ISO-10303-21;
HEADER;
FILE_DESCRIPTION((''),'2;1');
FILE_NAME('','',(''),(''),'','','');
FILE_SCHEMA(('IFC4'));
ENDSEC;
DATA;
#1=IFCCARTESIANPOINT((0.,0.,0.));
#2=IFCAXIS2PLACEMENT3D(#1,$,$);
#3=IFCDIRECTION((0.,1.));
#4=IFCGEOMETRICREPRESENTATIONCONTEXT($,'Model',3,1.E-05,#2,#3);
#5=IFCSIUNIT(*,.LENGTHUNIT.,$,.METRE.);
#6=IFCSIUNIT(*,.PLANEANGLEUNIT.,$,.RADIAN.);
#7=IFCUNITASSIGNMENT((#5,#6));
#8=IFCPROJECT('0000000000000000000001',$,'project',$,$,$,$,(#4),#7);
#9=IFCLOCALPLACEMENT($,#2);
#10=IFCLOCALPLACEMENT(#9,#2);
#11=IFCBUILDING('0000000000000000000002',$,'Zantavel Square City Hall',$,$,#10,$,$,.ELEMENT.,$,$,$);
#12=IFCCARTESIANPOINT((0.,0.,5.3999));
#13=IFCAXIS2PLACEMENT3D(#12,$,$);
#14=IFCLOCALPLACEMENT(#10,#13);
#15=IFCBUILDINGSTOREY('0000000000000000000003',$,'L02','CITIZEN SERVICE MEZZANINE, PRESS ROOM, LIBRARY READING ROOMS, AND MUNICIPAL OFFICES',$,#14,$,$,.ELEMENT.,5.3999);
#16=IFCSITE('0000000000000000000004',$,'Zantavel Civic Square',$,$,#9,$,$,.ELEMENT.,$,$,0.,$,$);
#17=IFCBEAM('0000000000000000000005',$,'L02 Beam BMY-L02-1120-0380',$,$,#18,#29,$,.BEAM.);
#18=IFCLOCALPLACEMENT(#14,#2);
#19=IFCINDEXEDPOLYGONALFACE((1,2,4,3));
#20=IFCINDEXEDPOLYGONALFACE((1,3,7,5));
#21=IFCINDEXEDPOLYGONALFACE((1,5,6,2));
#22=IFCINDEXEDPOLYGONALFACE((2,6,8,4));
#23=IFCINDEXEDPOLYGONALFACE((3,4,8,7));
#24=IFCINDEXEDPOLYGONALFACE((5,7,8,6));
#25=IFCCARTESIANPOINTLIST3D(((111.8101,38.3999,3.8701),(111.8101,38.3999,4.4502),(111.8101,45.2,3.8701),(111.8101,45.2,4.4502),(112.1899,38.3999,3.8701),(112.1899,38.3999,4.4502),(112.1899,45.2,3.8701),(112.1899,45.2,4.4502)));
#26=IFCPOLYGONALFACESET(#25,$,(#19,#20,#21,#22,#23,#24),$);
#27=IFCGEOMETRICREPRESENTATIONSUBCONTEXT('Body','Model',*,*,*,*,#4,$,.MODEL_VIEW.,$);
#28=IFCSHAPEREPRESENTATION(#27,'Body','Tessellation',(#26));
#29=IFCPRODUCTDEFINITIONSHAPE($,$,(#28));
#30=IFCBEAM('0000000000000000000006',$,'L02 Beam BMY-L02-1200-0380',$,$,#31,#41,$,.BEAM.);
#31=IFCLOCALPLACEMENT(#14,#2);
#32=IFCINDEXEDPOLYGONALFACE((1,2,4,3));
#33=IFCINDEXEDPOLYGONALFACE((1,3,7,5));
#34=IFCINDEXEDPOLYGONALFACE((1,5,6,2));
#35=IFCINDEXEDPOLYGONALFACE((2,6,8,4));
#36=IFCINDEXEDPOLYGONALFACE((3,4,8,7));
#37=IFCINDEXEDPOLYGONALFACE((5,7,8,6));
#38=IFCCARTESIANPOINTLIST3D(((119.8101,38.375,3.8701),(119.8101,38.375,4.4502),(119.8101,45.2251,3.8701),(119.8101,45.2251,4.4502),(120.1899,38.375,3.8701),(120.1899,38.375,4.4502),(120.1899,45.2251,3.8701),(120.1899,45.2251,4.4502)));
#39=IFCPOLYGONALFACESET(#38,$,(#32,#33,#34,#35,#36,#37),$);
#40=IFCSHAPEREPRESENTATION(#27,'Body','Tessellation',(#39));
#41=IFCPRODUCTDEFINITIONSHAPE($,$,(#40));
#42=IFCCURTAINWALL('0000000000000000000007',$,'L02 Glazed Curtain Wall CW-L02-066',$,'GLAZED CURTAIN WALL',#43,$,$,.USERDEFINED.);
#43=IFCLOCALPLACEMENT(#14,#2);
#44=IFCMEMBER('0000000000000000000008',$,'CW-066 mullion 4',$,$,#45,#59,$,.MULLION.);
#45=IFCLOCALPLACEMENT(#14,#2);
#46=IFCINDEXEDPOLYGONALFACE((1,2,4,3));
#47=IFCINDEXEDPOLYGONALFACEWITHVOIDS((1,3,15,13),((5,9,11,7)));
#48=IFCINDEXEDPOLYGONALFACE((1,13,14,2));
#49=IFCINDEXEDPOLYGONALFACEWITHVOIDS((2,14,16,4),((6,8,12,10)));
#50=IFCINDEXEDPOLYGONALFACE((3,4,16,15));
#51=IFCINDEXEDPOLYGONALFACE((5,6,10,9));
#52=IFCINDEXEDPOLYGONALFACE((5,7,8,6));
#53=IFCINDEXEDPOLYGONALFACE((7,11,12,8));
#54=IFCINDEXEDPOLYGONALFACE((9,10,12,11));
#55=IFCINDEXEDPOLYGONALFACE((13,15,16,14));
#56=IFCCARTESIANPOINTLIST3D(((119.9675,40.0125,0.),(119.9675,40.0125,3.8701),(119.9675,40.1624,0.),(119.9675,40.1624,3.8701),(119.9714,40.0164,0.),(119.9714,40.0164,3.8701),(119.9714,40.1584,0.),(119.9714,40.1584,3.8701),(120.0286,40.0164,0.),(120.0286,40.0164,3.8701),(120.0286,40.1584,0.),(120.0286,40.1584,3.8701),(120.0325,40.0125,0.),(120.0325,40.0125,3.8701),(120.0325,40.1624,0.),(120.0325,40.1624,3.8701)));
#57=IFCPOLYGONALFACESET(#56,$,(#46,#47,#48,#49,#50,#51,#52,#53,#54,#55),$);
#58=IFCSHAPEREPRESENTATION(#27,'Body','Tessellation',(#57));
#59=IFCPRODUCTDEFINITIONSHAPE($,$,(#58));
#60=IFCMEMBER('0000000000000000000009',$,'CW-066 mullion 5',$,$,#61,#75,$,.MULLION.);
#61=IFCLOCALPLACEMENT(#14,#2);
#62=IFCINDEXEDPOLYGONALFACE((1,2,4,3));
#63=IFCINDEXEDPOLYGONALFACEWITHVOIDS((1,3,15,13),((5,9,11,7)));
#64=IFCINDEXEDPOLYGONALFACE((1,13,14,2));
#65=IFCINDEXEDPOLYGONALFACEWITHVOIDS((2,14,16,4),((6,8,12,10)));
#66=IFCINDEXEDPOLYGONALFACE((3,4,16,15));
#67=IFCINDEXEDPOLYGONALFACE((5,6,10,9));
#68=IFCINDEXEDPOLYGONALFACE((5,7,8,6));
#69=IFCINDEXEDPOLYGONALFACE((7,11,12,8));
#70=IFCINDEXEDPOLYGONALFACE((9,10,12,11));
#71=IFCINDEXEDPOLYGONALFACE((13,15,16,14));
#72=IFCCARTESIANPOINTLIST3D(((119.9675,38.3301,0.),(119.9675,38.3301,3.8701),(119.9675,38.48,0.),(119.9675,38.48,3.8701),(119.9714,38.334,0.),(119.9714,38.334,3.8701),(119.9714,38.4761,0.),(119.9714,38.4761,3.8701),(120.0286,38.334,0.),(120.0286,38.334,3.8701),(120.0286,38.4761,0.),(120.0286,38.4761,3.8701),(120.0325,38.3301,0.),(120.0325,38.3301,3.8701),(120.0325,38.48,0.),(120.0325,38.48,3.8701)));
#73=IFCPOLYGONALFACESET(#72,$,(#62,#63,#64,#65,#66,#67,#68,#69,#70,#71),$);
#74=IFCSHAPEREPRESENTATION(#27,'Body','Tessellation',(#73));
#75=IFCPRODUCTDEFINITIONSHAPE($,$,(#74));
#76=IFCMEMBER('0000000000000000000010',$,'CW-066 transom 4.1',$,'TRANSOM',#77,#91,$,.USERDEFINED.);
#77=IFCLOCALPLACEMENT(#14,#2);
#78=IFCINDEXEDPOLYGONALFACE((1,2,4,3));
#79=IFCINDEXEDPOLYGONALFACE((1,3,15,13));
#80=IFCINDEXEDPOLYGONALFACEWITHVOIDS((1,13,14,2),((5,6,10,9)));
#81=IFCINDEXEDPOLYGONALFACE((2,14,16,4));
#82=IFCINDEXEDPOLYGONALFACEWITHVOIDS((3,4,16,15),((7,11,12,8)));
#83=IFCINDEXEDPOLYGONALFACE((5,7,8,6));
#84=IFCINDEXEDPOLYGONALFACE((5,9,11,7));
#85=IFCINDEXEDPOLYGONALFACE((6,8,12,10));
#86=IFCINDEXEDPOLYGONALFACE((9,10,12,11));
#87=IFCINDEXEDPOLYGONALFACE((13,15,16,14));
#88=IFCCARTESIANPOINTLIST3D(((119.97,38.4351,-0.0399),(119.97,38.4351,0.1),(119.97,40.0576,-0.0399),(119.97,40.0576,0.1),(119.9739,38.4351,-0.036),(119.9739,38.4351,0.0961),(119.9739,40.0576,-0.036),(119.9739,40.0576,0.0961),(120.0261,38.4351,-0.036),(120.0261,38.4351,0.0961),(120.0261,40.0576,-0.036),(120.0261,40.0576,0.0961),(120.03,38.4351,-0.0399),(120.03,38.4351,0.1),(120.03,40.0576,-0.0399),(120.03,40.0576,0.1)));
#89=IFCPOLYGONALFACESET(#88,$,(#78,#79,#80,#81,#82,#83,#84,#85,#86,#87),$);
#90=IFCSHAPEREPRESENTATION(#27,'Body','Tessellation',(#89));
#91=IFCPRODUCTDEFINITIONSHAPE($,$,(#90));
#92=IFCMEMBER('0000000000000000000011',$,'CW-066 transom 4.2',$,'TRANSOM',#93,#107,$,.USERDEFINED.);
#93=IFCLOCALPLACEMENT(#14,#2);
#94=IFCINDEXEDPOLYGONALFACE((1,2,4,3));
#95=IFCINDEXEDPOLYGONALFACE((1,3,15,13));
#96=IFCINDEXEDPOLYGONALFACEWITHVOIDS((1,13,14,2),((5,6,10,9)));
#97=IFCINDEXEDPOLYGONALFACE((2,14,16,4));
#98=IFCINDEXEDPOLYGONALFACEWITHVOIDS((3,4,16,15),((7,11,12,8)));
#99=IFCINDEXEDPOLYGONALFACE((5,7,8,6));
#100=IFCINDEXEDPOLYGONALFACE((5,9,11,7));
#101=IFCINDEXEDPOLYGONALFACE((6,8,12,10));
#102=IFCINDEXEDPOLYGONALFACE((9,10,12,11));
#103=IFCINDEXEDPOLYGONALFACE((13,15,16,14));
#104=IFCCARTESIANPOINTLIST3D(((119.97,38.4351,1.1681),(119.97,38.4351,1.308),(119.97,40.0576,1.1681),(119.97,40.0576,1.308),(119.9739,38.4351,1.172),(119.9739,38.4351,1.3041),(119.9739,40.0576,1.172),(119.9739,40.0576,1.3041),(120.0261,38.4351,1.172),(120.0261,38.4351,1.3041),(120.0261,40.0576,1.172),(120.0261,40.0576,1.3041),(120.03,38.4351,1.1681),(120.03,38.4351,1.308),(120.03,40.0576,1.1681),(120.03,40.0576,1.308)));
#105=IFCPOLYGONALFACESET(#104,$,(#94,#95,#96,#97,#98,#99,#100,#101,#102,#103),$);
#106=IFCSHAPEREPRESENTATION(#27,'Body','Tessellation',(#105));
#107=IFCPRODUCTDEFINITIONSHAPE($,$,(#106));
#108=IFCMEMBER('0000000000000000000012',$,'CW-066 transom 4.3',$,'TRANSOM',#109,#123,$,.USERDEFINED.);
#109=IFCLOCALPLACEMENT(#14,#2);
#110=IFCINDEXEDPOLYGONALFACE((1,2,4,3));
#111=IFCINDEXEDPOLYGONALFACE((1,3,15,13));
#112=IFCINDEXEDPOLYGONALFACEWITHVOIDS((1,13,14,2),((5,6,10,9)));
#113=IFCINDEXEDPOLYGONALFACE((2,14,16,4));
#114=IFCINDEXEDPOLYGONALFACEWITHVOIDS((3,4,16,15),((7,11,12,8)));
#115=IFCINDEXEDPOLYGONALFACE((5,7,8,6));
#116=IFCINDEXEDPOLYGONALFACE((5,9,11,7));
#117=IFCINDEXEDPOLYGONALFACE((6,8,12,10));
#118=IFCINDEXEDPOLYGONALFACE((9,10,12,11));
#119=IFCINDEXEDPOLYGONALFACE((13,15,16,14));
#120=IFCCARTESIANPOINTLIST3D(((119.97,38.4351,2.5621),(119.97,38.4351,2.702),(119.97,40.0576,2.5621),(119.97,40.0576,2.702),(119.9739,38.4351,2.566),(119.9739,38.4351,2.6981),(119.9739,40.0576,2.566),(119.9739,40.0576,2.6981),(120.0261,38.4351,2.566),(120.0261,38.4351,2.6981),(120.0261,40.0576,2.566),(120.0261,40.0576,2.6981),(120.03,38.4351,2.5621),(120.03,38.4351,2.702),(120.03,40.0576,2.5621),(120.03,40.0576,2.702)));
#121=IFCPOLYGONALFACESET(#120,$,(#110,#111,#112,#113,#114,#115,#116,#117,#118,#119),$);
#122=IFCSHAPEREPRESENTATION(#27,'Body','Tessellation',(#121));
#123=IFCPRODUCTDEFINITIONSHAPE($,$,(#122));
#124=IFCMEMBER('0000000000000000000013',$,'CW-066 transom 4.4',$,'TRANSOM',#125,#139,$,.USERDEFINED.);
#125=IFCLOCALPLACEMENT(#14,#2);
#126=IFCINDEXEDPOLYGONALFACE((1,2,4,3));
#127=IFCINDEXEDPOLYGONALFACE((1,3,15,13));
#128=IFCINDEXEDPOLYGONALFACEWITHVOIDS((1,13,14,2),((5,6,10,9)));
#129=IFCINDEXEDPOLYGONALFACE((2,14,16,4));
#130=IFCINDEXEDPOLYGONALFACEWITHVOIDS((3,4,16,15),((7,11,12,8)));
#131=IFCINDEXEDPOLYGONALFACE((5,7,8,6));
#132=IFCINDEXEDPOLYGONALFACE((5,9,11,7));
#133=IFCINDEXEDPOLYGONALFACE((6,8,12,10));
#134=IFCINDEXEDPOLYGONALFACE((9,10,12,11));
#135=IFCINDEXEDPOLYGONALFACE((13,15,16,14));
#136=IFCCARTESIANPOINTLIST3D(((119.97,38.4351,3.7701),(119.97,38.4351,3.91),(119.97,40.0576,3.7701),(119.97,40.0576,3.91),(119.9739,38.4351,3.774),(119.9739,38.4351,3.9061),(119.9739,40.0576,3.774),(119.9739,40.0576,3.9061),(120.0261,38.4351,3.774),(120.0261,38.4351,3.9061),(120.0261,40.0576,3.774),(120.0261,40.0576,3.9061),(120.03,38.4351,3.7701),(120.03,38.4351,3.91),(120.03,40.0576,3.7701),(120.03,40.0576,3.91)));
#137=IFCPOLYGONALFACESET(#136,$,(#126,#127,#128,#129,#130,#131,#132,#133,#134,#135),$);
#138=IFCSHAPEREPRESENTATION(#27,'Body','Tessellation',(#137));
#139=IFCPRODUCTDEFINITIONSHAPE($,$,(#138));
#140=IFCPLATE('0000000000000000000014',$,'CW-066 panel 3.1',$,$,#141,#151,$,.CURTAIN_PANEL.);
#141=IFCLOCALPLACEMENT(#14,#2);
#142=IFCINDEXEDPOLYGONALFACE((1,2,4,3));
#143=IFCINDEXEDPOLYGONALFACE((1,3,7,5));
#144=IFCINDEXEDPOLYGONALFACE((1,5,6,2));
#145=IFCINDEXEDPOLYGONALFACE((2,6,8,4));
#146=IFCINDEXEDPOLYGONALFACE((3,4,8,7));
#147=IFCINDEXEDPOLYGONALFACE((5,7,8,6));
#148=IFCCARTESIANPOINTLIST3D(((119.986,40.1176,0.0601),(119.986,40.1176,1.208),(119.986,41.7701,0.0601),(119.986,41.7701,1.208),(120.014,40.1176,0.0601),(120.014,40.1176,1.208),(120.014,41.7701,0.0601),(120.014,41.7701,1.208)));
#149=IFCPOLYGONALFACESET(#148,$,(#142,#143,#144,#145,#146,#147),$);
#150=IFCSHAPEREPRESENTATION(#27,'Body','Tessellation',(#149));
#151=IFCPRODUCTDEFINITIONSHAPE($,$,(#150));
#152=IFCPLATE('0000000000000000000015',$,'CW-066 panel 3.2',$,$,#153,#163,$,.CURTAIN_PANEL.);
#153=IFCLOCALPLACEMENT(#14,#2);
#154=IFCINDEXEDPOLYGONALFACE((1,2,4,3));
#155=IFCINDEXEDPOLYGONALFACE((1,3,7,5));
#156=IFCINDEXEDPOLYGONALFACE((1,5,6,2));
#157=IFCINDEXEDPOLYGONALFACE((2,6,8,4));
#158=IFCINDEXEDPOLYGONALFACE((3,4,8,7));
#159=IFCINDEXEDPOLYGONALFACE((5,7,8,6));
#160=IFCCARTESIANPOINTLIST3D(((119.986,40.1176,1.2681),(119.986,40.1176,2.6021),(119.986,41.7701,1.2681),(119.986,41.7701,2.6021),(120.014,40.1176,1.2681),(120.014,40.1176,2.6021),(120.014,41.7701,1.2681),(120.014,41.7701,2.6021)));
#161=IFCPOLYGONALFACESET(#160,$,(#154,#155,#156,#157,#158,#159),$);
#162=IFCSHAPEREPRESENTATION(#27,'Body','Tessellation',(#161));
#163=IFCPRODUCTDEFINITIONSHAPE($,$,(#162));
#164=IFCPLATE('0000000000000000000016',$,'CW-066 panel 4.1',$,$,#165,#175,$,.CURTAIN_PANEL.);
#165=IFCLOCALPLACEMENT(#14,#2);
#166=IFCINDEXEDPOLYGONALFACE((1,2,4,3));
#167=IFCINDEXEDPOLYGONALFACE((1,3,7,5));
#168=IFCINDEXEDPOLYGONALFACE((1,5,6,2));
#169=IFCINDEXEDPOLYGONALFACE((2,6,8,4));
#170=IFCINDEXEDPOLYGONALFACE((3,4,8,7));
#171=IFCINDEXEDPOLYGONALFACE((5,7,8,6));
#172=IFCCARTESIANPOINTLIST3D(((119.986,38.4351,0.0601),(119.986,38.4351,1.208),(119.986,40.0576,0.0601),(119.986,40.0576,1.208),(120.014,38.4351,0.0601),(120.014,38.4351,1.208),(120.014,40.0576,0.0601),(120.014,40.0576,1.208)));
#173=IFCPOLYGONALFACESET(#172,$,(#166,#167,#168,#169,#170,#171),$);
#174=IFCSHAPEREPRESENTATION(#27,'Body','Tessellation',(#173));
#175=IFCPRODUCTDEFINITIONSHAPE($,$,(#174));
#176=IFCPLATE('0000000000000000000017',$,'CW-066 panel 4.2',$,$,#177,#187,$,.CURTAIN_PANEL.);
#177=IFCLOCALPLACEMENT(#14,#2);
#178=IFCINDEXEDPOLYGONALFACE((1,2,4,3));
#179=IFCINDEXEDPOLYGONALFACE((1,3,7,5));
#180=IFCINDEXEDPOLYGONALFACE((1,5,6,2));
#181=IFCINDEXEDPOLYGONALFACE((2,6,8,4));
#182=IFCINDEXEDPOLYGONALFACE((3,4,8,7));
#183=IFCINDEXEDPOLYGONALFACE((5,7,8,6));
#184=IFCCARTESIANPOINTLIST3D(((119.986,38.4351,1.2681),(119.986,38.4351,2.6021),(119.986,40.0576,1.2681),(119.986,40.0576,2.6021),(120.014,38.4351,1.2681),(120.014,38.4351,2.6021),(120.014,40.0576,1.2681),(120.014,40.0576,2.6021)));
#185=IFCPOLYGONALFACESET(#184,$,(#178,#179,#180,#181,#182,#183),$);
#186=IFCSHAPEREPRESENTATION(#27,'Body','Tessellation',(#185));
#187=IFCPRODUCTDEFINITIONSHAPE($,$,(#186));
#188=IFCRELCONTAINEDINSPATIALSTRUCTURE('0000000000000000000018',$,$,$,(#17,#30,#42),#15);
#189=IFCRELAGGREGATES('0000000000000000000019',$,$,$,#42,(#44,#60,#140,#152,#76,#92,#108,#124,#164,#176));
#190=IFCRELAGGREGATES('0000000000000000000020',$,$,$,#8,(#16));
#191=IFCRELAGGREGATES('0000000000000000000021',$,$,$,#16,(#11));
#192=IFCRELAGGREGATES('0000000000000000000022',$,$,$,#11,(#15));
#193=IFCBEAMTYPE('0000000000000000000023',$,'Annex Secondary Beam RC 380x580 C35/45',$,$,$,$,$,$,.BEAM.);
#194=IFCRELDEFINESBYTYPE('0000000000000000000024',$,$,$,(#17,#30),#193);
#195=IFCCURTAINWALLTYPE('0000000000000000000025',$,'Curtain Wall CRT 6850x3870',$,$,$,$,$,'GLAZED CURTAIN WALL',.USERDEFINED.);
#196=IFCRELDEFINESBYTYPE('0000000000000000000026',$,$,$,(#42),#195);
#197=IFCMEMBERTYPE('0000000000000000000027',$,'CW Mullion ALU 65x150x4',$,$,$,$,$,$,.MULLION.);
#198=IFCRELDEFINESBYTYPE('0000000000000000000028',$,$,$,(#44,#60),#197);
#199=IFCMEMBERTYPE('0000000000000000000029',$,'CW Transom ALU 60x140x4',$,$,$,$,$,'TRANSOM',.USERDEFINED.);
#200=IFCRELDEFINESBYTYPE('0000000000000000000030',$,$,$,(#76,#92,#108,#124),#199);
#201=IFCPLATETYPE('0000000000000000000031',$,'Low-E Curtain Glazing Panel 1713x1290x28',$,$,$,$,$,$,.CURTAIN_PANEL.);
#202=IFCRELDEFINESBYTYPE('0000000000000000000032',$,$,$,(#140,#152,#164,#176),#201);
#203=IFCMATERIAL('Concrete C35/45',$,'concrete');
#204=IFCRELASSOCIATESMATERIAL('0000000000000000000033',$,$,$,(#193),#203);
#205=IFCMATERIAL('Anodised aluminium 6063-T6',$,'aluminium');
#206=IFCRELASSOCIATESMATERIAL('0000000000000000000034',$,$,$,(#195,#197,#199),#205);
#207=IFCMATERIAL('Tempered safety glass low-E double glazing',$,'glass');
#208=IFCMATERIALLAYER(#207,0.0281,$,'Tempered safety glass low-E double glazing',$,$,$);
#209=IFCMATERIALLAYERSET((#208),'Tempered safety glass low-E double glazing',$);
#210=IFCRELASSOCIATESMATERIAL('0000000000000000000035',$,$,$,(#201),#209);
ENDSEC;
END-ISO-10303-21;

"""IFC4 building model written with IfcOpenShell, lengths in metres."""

from ifc_helpers import new_model, si_unit, direction, frame, origin, origin_2d, place, context, subcontext, project, spatial, rectangle, hollow_rectangle, extrude, material, layer, layer_set, material_profile, profile_set, type_object, element, aggregate, save


model = new_model("IFC4")

# Units and contexts
model_context = context("Model", 3, precision=1e-05, world=origin(), true_north=direction((0.0, 1.0)))
body_context = subcontext(model_context, "Body", "Model", "MODEL_VIEW")
ifc_project = project(units=[si_unit("LENGTHUNIT", "METRE"), si_unit("PLANEANGLEUNIT", "RADIAN")], contexts=[model_context])

# Site, building, storey
site_placement = place(None, origin())
site = spatial("IfcSite", under=ifc_project, at=site_placement, Name="Zantavel Civic Square", CompositionType="ELEMENT", RefElevation=0.0)
building_placement = place(site_placement, origin())
building = spatial("IfcBuilding", under=site, at=building_placement, Name="Zantavel Square City Hall", CompositionType="ELEMENT")
storey_placement = place(building_placement, frame((0.0, 0.0, 5.3999)))
storey = spatial("IfcBuildingStorey", under=building, at=storey_placement, Name="L02", Description="CITIZEN SERVICE MEZZANINE, PRESS ROOM, LIBRARY READING ROOMS, AND MUNICIPAL OFFICES", CompositionType="ELEMENT", Elevation=5.3999)

# Beams
ifc_material_1 = material(Name="Concrete C35/45", Category="concrete")
ifc_material_profile_1 = material_profile(ifc_material_1, rectangle(XDim=0.3799, YDim=0.5801, at=origin_2d()), Name="RC 380x580")
ifc_profile_set_1 = profile_set([ifc_material_profile_1], Name="Concrete C35/45")
beam_type = type_object("IfcBeamType", Name="Annex Secondary Beam RC 380x580 C35/45", PredefinedType="BEAM", material=ifc_profile_set_1)
beam_1_placement = place(storey_placement, frame((112.0, 38.3999, 4.1602), z_axis=(0.0, 1.0, 0.0), x_axis=(-1.0, 0.0, 0.0)))
element("IfcBeam", 1, at=beam_1_placement, inside=storey, type_object=beam_type, Name="L02 Beam BMY-L02-1120-0380", PredefinedType="BEAM", context=body_context, shape_type="SweptSolid", body=[
    extrude(rectangle(XDim=0.3799, YDim=0.5801, at=origin_2d()), origin(), (0.0, 0.0, 1.0), 6.8),
])
beam_2_placement = place(storey_placement, frame((120.0, 38.375, 4.1602), z_axis=(0.0, 1.0, 0.0), x_axis=(-1.0, 0.0, 0.0)))
element("IfcBeam", 2, at=beam_2_placement, inside=storey, type_object=beam_type, Name="L02 Beam BMY-L02-1200-0380", PredefinedType="BEAM", context=body_context, shape_type="SweptSolid", body=[
    extrude(rectangle(XDim=0.3799, YDim=0.5801, at=origin_2d()), origin(), (0.0, 0.0, 1.0), 6.8501),
])

# Curtain wall, members, plates
ifc_material_2 = material(Name="Anodised aluminium 6063-T6", Category="aluminium")
curtain_wall_type = type_object("IfcCurtainWallType", Name="Curtain Wall CRT 6850x3870", ElementType="GLAZED CURTAIN WALL", PredefinedType="USERDEFINED", material=ifc_material_2)
curtain_wall_placement = place(storey_placement, origin())
curtain_wall = element("IfcCurtainWall", 3, at=curtain_wall_placement, inside=storey, type_object=curtain_wall_type, Name="L02 Glazed Curtain Wall CW-L02-066", ObjectType="GLAZED CURTAIN WALL", PredefinedType="USERDEFINED")
ifc_material_profile_2 = material_profile(ifc_material_2, hollow_rectangle(XDim=0.0649, YDim=0.1499, WallThickness=0.0039, at=origin_2d()), Name="ALU 65x150x4")
ifc_profile_set_2 = profile_set([ifc_material_profile_2], Name="Anodised aluminium 6063-T6")
member_type_1 = type_object("IfcMemberType", Name="CW Mullion ALU 65x150x4", PredefinedType="MULLION", material=ifc_profile_set_2)
member_1_placement = place(storey_placement, frame((120.0, 40.0874, 0.0), z_axis=(0.0, 0.0, 1.0), x_axis=(1.0, 0.0, 0.0)))
member_1 = element("IfcMember", 4, at=member_1_placement, type_object=member_type_1, Name="CW-066 mullion 4", PredefinedType="MULLION", context=body_context, shape_type="SweptSolid", body=[
    extrude(hollow_rectangle(XDim=0.0649, YDim=0.1499, WallThickness=0.0039, at=origin_2d()), origin(), (0.0, 0.0, 1.0), 3.8701),
])
member_2_placement = place(storey_placement, frame((120.0, 38.405, 0.0), z_axis=(0.0, 0.0, 1.0), x_axis=(1.0, 0.0, 0.0)))
member_2 = element("IfcMember", 5, at=member_2_placement, type_object=member_type_1, Name="CW-066 mullion 5", PredefinedType="MULLION", context=body_context, shape_type="SweptSolid", body=[
    extrude(hollow_rectangle(XDim=0.0649, YDim=0.1499, WallThickness=0.0039, at=origin_2d()), origin(), (0.0, 0.0, 1.0), 3.8701),
])
ifc_material_profile_3 = material_profile(ifc_material_2, hollow_rectangle(XDim=0.0601, YDim=0.1399, WallThickness=0.0039, at=origin_2d()), Name="ALU 60x140x4")
ifc_profile_set_3 = profile_set([ifc_material_profile_3], Name="Anodised aluminium 6063-T6")
member_type_2 = type_object("IfcMemberType", Name="CW Transom ALU 60x140x4", ElementType="TRANSOM", PredefinedType="USERDEFINED", material=ifc_profile_set_3)
member_3_placement = place(storey_placement, frame((120.0, 40.0576, 0.03), z_axis=(0.0, -1.0, 0.0), x_axis=(1.0, 0.0, 0.0)))
member_3 = element("IfcMember", 6, at=member_3_placement, type_object=member_type_2, Name="CW-066 transom 4.1", ObjectType="TRANSOM", PredefinedType="USERDEFINED", context=body_context, shape_type="SweptSolid", body=[
    extrude(hollow_rectangle(XDim=0.0601, YDim=0.1399, WallThickness=0.0039, at=origin_2d()), origin(), (0.0, 0.0, 1.0), 1.6226),
])
member_4_placement = place(storey_placement, frame((120.0, 40.0576, 1.238), z_axis=(0.0, -1.0, 0.0), x_axis=(1.0, 0.0, 0.0)))
member_4 = element("IfcMember", 7, at=member_4_placement, type_object=member_type_2, Name="CW-066 transom 4.2", ObjectType="TRANSOM", PredefinedType="USERDEFINED", context=body_context, shape_type="SweptSolid", body=[
    extrude(hollow_rectangle(XDim=0.0601, YDim=0.1399, WallThickness=0.0039, at=origin_2d()), origin(), (0.0, 0.0, 1.0), 1.6226),
])
member_5_placement = place(storey_placement, frame((120.0, 40.0576, 2.6321), z_axis=(0.0, -1.0, 0.0), x_axis=(1.0, 0.0, 0.0)))
member_5 = element("IfcMember", 8, at=member_5_placement, type_object=member_type_2, Name="CW-066 transom 4.3", ObjectType="TRANSOM", PredefinedType="USERDEFINED", context=body_context, shape_type="SweptSolid", body=[
    extrude(hollow_rectangle(XDim=0.0601, YDim=0.1399, WallThickness=0.0039, at=origin_2d()), origin(), (0.0, 0.0, 1.0), 1.6226),
])
member_6_placement = place(storey_placement, frame((120.0, 40.0576, 3.8401), z_axis=(0.0, -1.0, 0.0), x_axis=(1.0, 0.0, 0.0)))
member_6 = element("IfcMember", 9, at=member_6_placement, type_object=member_type_2, Name="CW-066 transom 4.4", ObjectType="TRANSOM", PredefinedType="USERDEFINED", context=body_context, shape_type="SweptSolid", body=[
    extrude(hollow_rectangle(XDim=0.0601, YDim=0.1399, WallThickness=0.0039, at=origin_2d()), origin(), (0.0, 0.0, 1.0), 1.6226),
])
ifc_material_3 = material(Name="Tempered safety glass low-E double glazing", Category="glass")
ifc_layer_1 = layer(ifc_material_3, 0.0281, Name="Tempered safety glass low-E double glazing")
ifc_layer_set_1 = layer_set([ifc_layer_1], Name="Tempered safety glass low-E double glazing")
plate_type = type_object("IfcPlateType", Name="Low-E Curtain Glazing Panel 1713x1290x28", PredefinedType="CURTAIN_PANEL", material=ifc_layer_set_1)
plate_1_placement = place(storey_placement, frame((120.0, 40.9438, 0.0601), z_axis=(0.0, 0.0, 1.0), x_axis=(0.0, -1.0, 0.0)))
plate_1 = element("IfcPlate", 10, at=plate_1_placement, type_object=plate_type, Name="CW-066 panel 3.1", PredefinedType="CURTAIN_PANEL", context=body_context, shape_type="SweptSolid", body=[
    extrude(rectangle(XDim=1.6526, YDim=0.0281, at=origin_2d()), origin(), (0.0, 0.0, 1.0), 1.1479),
])
plate_2_placement = place(storey_placement, frame((120.0, 40.9438, 1.2681), z_axis=(0.0, 0.0, 1.0), x_axis=(0.0, -1.0, 0.0)))
plate_2 = element("IfcPlate", 11, at=plate_2_placement, type_object=plate_type, Name="CW-066 panel 3.2", PredefinedType="CURTAIN_PANEL", context=body_context, shape_type="SweptSolid", body=[
    extrude(rectangle(XDim=1.6526, YDim=0.0281, at=origin_2d()), origin(), (0.0, 0.0, 1.0), 1.334),
])
plate_3_placement = place(storey_placement, frame((120.0, 39.2463, 0.0601), z_axis=(0.0, 0.0, 1.0), x_axis=(0.0, -1.0, 0.0)))
plate_3 = element("IfcPlate", 12, at=plate_3_placement, type_object=plate_type, Name="CW-066 panel 4.1", PredefinedType="CURTAIN_PANEL", context=body_context, shape_type="SweptSolid", body=[
    extrude(rectangle(XDim=1.6226, YDim=0.0281, at=origin_2d()), origin(), (0.0, 0.0, 1.0), 1.1479),
])
plate_4_placement = place(storey_placement, frame((120.0, 39.2463, 1.2681), z_axis=(0.0, 0.0, 1.0), x_axis=(0.0, -1.0, 0.0)))
plate_4 = element("IfcPlate", 13, at=plate_4_placement, type_object=plate_type, Name="CW-066 panel 4.2", PredefinedType="CURTAIN_PANEL", context=body_context, shape_type="SweptSolid", body=[
    extrude(rectangle(XDim=1.6226, YDim=0.0281, at=origin_2d()), origin(), (0.0, 0.0, 1.0), 1.334),
])
aggregate(curtain_wall, [member_1, member_2, plate_1, plate_2, member_3, member_4, member_5, member_6, plate_3, plate_4])

save(model, "model.ifc")
